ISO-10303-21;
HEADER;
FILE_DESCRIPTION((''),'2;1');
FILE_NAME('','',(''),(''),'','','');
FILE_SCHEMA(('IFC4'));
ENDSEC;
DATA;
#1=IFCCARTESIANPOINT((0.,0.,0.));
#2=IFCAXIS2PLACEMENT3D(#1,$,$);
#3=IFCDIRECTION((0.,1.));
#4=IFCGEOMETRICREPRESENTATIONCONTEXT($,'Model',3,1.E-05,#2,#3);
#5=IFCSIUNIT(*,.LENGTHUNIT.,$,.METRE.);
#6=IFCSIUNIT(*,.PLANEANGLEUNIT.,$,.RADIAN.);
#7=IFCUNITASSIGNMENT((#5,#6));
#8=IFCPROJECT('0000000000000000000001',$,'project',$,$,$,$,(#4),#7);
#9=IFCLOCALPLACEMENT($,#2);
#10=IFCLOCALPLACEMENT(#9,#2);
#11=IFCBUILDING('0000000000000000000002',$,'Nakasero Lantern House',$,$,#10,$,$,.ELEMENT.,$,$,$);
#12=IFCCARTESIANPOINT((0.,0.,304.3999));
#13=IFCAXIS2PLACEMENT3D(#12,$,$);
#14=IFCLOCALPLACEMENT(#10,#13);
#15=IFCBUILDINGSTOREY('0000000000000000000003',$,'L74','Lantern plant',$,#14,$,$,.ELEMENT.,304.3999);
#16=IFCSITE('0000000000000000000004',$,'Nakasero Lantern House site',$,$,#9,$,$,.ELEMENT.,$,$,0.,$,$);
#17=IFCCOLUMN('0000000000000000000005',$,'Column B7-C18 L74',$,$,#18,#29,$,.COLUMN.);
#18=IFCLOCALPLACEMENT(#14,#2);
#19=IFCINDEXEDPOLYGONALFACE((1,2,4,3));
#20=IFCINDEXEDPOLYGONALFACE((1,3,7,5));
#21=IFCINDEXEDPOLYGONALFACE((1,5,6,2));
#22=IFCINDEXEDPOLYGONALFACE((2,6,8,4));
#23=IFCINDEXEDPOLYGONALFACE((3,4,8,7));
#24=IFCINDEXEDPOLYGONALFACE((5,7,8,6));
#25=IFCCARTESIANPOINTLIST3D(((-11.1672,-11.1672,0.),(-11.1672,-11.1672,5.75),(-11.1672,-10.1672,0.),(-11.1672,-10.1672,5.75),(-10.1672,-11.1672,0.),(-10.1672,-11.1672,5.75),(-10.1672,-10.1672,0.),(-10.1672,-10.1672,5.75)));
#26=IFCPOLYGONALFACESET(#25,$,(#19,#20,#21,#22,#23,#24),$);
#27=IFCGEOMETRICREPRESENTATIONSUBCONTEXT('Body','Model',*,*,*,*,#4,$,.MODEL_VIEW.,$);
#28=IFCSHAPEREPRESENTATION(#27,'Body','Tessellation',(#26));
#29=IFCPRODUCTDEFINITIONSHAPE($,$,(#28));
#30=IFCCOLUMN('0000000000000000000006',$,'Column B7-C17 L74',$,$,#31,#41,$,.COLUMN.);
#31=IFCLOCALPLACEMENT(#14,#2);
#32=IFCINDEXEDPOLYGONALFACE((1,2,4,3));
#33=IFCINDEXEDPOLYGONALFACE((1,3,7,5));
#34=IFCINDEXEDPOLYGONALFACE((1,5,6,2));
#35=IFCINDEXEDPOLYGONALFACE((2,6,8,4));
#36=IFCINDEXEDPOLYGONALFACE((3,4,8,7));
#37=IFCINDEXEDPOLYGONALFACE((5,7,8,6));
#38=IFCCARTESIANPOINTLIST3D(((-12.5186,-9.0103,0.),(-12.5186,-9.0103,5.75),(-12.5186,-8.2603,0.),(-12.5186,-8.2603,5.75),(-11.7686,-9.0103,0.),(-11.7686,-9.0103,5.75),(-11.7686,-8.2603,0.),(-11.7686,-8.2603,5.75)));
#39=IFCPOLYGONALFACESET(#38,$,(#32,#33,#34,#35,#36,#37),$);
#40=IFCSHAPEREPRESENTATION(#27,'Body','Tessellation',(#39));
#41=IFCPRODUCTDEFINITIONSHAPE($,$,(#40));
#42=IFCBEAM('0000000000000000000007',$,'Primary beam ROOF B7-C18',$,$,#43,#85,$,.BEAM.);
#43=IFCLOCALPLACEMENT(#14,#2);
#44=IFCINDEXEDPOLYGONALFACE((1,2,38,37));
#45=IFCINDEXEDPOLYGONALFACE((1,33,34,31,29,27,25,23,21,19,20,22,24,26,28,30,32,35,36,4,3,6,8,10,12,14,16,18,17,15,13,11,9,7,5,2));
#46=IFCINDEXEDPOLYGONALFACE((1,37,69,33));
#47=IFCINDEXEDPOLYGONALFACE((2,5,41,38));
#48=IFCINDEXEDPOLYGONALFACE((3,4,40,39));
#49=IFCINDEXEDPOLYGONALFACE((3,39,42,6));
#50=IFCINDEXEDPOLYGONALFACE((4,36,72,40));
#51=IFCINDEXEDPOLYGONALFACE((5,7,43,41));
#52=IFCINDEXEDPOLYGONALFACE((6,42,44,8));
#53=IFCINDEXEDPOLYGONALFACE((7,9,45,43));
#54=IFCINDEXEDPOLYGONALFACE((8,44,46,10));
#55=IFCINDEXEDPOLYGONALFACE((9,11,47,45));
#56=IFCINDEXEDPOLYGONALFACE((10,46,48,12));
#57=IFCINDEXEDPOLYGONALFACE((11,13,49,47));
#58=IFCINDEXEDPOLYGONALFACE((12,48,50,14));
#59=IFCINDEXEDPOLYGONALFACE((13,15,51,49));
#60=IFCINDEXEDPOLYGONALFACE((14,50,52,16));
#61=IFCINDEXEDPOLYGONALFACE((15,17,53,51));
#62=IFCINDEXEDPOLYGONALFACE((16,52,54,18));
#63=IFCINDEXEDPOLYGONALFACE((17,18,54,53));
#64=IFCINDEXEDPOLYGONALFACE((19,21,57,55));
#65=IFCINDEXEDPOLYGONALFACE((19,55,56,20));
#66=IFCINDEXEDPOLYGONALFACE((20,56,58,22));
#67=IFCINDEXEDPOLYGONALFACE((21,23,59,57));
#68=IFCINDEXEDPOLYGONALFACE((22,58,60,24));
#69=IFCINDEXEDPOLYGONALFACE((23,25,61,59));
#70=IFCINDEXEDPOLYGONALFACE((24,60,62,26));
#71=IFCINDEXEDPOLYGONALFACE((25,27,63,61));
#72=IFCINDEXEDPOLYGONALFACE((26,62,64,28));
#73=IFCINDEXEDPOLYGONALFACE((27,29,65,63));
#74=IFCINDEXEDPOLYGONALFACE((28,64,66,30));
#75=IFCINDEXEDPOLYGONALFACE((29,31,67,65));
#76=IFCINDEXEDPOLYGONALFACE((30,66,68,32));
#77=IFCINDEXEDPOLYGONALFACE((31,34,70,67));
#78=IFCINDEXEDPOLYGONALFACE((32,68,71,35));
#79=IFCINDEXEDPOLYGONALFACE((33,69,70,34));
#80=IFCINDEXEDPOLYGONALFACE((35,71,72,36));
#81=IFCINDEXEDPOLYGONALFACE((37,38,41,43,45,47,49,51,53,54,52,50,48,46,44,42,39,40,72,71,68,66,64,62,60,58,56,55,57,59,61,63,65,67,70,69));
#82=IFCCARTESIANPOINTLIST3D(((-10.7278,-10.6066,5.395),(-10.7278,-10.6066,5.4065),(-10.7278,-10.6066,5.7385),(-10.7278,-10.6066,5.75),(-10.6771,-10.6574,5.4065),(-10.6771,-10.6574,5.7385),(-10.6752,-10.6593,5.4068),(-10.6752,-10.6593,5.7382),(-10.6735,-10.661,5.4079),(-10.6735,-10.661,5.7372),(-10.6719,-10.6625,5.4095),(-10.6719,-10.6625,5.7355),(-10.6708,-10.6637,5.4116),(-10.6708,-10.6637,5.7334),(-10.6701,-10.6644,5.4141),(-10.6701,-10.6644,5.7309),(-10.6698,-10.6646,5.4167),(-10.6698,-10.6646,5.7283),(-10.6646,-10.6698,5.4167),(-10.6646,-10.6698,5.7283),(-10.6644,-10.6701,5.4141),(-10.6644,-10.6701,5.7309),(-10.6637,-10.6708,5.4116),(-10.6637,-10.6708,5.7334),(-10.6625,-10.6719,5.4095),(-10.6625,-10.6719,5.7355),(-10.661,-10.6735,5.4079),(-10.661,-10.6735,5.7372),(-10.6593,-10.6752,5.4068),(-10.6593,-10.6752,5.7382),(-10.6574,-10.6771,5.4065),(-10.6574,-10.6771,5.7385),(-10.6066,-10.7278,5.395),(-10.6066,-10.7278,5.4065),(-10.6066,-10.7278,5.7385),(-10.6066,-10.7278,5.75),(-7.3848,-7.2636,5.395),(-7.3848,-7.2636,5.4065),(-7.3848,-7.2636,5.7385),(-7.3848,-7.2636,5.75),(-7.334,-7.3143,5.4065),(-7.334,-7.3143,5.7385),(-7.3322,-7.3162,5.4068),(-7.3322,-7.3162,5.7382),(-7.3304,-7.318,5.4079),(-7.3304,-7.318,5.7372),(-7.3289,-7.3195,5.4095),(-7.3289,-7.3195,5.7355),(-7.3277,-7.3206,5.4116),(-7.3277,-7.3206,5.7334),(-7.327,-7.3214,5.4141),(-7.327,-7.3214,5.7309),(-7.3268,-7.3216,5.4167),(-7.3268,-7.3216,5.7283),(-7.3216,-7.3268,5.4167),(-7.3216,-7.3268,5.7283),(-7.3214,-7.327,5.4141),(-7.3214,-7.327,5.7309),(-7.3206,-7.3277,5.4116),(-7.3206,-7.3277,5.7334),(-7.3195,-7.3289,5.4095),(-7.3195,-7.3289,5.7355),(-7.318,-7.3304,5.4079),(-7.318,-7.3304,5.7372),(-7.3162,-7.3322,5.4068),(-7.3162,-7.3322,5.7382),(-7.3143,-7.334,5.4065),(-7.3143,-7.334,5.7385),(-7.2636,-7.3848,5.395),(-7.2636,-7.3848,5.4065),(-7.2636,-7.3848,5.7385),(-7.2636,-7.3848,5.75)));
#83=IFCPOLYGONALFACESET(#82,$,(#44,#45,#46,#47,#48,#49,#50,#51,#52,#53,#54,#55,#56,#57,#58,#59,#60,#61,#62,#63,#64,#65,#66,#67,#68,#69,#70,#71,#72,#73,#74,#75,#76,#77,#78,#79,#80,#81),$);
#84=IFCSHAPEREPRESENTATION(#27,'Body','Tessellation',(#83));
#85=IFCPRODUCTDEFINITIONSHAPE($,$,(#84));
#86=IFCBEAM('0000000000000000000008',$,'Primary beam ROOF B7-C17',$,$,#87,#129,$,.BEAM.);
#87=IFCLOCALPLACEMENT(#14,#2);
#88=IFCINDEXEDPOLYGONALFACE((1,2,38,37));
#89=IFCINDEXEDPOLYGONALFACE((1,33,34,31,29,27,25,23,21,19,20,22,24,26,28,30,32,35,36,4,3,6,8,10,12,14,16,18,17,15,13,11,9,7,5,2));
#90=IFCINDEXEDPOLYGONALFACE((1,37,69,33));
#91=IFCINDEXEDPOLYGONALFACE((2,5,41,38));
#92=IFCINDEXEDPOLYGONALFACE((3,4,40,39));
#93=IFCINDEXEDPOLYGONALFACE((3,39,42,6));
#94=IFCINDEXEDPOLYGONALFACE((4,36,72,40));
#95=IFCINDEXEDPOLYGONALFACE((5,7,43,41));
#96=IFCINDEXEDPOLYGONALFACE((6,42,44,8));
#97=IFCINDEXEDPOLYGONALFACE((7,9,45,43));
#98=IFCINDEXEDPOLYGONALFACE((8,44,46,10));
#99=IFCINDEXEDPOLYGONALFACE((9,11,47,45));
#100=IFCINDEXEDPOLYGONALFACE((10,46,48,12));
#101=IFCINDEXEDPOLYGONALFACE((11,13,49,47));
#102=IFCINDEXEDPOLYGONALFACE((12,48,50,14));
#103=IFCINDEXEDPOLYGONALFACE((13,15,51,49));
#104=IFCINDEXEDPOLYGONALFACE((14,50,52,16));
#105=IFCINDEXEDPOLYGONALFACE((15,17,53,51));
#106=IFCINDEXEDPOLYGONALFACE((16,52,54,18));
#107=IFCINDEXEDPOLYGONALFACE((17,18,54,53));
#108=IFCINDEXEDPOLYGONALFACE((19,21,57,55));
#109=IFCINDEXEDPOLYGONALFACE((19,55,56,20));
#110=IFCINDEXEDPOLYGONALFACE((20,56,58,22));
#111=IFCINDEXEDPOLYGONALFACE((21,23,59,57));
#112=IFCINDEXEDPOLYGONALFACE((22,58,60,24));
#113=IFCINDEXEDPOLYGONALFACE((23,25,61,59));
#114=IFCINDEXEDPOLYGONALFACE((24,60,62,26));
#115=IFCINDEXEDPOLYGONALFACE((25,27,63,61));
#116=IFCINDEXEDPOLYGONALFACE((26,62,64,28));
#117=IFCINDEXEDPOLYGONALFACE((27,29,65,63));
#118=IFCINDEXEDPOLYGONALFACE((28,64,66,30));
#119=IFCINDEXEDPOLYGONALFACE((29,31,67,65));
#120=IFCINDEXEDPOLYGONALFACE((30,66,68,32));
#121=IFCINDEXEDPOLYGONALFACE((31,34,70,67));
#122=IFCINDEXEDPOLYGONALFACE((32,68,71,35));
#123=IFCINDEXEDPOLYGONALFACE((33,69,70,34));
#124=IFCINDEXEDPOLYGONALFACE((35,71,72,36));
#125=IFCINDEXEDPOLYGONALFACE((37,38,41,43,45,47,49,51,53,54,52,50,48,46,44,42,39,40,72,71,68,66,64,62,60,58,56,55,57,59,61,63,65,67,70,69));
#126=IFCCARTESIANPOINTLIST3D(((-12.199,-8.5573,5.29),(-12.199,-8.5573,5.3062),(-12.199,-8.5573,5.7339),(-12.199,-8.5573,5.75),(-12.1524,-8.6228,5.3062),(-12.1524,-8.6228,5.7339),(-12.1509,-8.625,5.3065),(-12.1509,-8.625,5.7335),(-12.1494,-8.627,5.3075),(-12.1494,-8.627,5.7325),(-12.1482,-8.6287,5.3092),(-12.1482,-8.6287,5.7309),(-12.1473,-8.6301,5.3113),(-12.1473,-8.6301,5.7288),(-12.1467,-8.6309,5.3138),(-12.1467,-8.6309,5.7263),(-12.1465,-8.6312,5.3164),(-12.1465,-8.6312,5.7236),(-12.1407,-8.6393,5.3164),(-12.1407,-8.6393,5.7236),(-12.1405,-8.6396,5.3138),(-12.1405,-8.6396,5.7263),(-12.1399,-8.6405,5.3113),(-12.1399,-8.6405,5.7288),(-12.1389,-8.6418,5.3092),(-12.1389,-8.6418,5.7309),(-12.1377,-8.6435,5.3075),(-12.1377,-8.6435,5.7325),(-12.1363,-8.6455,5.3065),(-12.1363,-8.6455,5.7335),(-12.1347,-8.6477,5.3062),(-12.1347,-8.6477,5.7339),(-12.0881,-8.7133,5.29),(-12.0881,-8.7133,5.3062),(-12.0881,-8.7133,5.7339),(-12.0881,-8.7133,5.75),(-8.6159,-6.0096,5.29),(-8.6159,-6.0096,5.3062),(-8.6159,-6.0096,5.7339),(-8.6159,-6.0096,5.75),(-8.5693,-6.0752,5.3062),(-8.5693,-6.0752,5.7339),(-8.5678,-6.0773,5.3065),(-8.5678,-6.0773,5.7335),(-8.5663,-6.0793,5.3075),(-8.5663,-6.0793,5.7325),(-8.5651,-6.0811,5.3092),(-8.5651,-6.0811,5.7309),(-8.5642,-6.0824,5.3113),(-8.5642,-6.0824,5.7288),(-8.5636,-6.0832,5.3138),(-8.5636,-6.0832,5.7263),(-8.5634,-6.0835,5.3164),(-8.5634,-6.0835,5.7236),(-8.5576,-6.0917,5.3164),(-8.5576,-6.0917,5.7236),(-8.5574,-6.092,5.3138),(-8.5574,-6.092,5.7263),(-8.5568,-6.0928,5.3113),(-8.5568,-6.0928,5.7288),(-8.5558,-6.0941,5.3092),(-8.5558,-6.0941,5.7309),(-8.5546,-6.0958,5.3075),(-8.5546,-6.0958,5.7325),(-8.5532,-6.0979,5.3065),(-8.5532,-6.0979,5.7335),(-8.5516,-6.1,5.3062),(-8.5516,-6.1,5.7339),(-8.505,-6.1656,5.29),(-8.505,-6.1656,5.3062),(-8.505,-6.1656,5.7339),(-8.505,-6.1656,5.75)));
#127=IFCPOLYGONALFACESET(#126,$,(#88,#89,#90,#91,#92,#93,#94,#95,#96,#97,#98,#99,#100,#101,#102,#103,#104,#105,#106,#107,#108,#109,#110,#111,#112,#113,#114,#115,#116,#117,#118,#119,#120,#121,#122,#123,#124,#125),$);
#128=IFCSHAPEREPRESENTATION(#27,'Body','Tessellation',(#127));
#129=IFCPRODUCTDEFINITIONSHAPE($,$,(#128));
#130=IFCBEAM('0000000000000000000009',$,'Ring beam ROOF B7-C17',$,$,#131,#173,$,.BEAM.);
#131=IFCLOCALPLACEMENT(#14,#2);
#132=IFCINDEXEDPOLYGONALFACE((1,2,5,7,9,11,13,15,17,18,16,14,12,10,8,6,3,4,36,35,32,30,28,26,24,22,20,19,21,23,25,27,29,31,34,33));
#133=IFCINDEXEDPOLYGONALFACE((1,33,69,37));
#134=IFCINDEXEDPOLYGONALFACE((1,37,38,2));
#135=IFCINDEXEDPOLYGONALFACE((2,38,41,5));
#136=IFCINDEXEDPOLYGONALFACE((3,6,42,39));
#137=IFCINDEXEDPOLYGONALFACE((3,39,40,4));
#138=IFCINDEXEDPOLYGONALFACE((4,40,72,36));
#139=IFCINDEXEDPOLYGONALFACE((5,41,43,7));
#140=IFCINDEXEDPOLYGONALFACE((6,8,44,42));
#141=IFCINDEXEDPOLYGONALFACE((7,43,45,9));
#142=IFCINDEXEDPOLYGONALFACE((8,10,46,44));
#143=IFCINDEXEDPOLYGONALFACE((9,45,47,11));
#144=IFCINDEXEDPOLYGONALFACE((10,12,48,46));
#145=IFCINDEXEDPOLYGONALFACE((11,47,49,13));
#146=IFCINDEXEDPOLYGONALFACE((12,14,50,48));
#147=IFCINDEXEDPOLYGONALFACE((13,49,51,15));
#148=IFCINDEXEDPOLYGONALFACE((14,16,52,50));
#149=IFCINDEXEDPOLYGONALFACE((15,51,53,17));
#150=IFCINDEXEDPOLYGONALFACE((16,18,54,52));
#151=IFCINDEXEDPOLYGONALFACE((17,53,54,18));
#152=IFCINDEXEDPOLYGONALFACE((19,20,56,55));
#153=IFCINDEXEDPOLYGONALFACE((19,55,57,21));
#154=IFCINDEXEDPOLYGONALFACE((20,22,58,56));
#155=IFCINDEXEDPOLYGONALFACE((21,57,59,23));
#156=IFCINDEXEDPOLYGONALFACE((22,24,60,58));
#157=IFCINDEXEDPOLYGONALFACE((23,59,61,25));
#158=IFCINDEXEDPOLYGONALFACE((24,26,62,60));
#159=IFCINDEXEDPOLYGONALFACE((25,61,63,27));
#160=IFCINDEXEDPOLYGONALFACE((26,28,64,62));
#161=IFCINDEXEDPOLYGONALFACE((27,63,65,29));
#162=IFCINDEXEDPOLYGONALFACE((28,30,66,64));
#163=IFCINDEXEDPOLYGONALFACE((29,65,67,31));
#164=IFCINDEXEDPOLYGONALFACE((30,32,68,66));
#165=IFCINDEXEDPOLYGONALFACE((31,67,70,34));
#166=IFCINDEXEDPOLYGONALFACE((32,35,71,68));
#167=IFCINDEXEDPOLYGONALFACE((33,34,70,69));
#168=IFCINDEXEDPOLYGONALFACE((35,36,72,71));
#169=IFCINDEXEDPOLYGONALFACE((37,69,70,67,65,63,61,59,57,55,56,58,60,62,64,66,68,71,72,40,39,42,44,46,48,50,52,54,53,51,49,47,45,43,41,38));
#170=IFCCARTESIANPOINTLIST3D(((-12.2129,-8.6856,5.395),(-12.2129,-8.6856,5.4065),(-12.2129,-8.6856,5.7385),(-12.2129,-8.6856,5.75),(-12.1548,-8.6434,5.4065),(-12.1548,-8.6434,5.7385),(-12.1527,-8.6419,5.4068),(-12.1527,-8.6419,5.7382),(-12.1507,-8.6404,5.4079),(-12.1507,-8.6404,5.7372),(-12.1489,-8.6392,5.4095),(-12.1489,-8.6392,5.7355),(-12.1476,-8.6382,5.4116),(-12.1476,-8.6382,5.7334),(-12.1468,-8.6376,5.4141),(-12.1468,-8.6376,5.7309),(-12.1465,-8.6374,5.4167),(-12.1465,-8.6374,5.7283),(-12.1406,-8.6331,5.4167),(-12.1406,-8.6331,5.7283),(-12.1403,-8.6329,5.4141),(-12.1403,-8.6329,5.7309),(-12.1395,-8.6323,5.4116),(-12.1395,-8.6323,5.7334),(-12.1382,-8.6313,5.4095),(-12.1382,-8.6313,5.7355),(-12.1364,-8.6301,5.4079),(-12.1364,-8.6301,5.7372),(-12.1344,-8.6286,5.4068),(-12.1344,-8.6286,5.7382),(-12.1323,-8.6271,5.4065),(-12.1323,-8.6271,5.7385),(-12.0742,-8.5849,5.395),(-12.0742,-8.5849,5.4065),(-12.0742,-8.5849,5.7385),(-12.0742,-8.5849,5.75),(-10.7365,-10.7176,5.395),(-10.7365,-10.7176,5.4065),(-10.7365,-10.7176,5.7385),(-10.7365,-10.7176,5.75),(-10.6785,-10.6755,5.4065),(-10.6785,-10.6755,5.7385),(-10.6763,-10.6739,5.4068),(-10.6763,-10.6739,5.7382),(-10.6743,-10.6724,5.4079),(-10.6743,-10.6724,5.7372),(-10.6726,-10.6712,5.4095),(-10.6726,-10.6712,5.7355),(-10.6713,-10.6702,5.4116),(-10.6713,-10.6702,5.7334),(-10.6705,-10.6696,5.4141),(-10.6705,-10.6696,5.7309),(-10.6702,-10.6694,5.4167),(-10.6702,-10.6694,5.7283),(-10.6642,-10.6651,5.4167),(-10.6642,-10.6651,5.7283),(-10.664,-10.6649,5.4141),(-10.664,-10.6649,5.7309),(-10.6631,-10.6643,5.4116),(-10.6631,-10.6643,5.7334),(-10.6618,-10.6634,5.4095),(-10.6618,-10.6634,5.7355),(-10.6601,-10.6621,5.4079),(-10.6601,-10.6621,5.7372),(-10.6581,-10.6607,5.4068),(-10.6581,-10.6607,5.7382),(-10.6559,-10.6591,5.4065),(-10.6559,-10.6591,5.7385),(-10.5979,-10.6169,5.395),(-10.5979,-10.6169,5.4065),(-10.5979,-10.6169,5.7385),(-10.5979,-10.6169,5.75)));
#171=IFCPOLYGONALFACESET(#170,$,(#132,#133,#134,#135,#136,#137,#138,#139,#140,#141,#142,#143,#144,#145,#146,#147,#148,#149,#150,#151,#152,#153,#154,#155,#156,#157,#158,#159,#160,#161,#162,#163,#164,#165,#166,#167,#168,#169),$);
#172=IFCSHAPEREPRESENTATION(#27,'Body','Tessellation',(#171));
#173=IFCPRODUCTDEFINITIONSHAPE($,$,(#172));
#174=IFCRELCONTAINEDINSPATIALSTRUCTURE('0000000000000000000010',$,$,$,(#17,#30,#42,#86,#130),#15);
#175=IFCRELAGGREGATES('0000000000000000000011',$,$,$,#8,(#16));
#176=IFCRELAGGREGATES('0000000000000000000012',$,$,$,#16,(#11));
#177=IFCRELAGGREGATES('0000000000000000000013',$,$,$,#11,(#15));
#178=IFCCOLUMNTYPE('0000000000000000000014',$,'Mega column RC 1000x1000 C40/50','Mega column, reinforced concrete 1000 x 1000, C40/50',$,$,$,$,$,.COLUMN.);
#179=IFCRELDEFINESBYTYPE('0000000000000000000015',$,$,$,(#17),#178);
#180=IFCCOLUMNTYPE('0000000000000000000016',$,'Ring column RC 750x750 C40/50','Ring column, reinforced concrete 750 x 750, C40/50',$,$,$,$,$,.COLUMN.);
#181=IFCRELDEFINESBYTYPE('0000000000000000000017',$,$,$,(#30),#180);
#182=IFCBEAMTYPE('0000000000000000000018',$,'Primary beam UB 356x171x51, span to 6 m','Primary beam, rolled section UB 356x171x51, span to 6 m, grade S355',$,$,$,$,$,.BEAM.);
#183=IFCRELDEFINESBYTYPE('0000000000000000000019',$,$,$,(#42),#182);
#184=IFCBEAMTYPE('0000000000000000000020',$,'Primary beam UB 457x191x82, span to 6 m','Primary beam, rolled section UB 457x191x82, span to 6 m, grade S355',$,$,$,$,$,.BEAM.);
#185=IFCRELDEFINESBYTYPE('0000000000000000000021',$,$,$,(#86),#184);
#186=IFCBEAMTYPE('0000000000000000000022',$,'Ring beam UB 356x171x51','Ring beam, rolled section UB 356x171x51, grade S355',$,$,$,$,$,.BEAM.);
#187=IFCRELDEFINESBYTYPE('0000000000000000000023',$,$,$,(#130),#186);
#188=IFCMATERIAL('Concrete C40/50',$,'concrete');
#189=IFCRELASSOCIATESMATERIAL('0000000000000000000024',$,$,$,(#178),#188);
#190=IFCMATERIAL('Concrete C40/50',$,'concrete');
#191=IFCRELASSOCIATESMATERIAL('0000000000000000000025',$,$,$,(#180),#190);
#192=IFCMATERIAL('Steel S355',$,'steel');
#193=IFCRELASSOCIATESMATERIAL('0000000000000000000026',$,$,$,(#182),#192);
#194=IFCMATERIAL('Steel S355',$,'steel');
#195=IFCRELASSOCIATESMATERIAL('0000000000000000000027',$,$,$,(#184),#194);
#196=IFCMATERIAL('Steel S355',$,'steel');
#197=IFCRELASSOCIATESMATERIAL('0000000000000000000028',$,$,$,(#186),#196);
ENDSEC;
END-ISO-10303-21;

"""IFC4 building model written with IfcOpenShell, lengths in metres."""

from ifc_helpers import new_model, si_unit, direction, frame, origin, origin_2d, place, context, subcontext, project, spatial, rectangle, i_section, extrude, material, material_profile, profile_set, type_object, element, save


model = new_model("IFC4")

# Units and contexts
model_context = context("Model", 3, precision=1e-05, world=origin(), true_north=direction((0.0, 1.0)))
body_context = subcontext(model_context, "Body", "Model", "MODEL_VIEW")
ifc_project = project(units=[si_unit("LENGTHUNIT", "METRE"), si_unit("PLANEANGLEUNIT", "RADIAN")], contexts=[model_context])

# Site, building, storey
site_placement = place(None, origin())
site = spatial("IfcSite", under=ifc_project, at=site_placement, Name="Nakasero Lantern House site", CompositionType="ELEMENT", RefElevation=0.0)
building_placement = place(site_placement, origin())
building = spatial("IfcBuilding", under=site, at=building_placement, Name="Nakasero Lantern House", CompositionType="ELEMENT")
storey_placement = place(building_placement, frame((0.0, 0.0, 304.3999)))
storey = spatial("IfcBuildingStorey", under=building, at=storey_placement, Name="L74", Description="Lantern plant", CompositionType="ELEMENT", Elevation=304.3999)

# Columns
ifc_material_1 = material(Name="Concrete C40/50", Category="concrete")
ifc_material_profile_1 = material_profile(ifc_material_1, rectangle(XDim=1.0, YDim=1.0, at=origin_2d()), Name="RC 1000x1000")
ifc_profile_set_1 = profile_set([ifc_material_profile_1], Name="Concrete C40/50")
column_type_1 = type_object("IfcColumnType", Name="Mega column RC 1000x1000 C40/50", Description="Mega column, reinforced concrete 1000 x 1000, C40/50", PredefinedType="COLUMN", material=ifc_profile_set_1)
column_1_placement = place(storey_placement, frame((-10.6672, -10.6672, 0.0), z_axis=(0.0, 0.0, 1.0), x_axis=(1.0, 0.0, 0.0)))
element("IfcColumn", 1, at=column_1_placement, inside=storey, type_object=column_type_1, Name="Column B7-C18 L74", PredefinedType="COLUMN", context=body_context, shape_type="SweptSolid", body=[
    extrude(rectangle(XDim=1.0, YDim=1.0, at=origin_2d()), origin(), (0.0, 0.0, 1.0), 5.75),
])
ifc_material_2 = material(Name="Concrete C40/50", Category="concrete")
ifc_material_profile_2 = material_profile(ifc_material_2, rectangle(XDim=0.75, YDim=0.75, at=origin_2d()), Name="RC 750x750")
ifc_profile_set_2 = profile_set([ifc_material_profile_2], Name="Concrete C40/50")
column_type_2 = type_object("IfcColumnType", Name="Ring column RC 750x750 C40/50", Description="Ring column, reinforced concrete 750 x 750, C40/50", PredefinedType="COLUMN", material=ifc_profile_set_2)
column_2_placement = place(storey_placement, frame((-12.1436, -8.6353, 0.0), z_axis=(0.0, 0.0, 1.0), x_axis=(1.0, 0.0, 0.0)))
element("IfcColumn", 2, at=column_2_placement, inside=storey, type_object=column_type_2, Name="Column B7-C17 L74", PredefinedType="COLUMN", context=body_context, shape_type="SweptSolid", body=[
    extrude(rectangle(XDim=0.75, YDim=0.75, at=origin_2d()), origin(), (0.0, 0.0, 1.0), 5.75),
])

# Beams
ifc_material_3 = material(Name="Steel S355", Category="steel")
ifc_material_profile_3 = material_profile(ifc_material_3, i_section(OverallWidth=0.1714, OverallDepth=0.355, WebThickness=0.0073, FlangeThickness=0.0115, FilletRadius=0.0103, at=origin_2d()), Name="UB 356x171x51")
ifc_profile_set_3 = profile_set([ifc_material_profile_3], Name="Steel S355")
beam_type_1 = type_object("IfcBeamType", Name="Primary beam UB 356x171x51, span to 6 m", Description="Primary beam, rolled section UB 356x171x51, span to 6 m, grade S355", PredefinedType="BEAM", material=ifc_profile_set_3)
beam_1_placement = place(storey_placement, frame((-10.6672, -10.6672, 5.5725), z_axis=(0.707107, 0.707107, 0.0), x_axis=(-0.707107, 0.707107, 0.0)))
element("IfcBeam", 3, at=beam_1_placement, inside=storey, type_object=beam_type_1, Name="Primary beam ROOF B7-C18", PredefinedType="BEAM", context=body_context, shape_type="SweptSolid", body=[
    extrude(i_section(OverallWidth=0.1714, OverallDepth=0.355, WebThickness=0.0073, FlangeThickness=0.0115, FilletRadius=0.0103, at=origin_2d()), origin(), (0.0, 0.0, 1.0), 4.7278),
])
ifc_material_4 = material(Name="Steel S355", Category="steel")
ifc_material_profile_4 = material_profile(ifc_material_4, i_section(OverallWidth=0.1914, OverallDepth=0.46, WebThickness=0.01, FlangeThickness=0.0161, FilletRadius=0.0103, at=origin_2d()), Name="UB 457x191x82")
ifc_profile_set_4 = profile_set([ifc_material_profile_4], Name="Steel S355")
beam_type_2 = type_object("IfcBeamType", Name="Primary beam UB 457x191x82, span to 6 m", Description="Primary beam, rolled section UB 457x191x82, span to 6 m, grade S355", PredefinedType="BEAM", material=ifc_profile_set_4)
beam_2_placement = place(storey_placement, frame((-12.1436, -8.6353, 5.52), z_axis=(0.814989, 0.579477, 0.0), x_axis=(-0.579477, 0.814989, 0.0)))
element("IfcBeam", 4, at=beam_2_placement, inside=storey, type_object=beam_type_2, Name="Primary beam ROOF B7-C17", PredefinedType="BEAM", context=body_context, shape_type="SweptSolid", body=[
    extrude(i_section(OverallWidth=0.1914, OverallDepth=0.46, WebThickness=0.01, FlangeThickness=0.0161, FilletRadius=0.0103, at=origin_2d()), origin(), (0.0, 0.0, 1.0), 4.3965),
])
ifc_material_5 = material(Name="Steel S355", Category="steel")
ifc_material_profile_5 = material_profile(ifc_material_5, i_section(OverallWidth=0.1714, OverallDepth=0.355, WebThickness=0.0073, FlangeThickness=0.0115, FilletRadius=0.0103, at=origin_2d()), Name="UB 356x171x51")
ifc_profile_set_5 = profile_set([ifc_material_profile_5], Name="Steel S355")
beam_type_3 = type_object("IfcBeamType", Name="Ring beam UB 356x171x51", Description="Ring beam, rolled section UB 356x171x51, grade S355", PredefinedType="BEAM", material=ifc_profile_set_5)
beam_3_placement = place(storey_placement, frame((-12.1436, -8.6353, 5.5725), z_axis=(0.587784, -0.809018, 0.0), x_axis=(0.809018, 0.587784, 0.0)))
element("IfcBeam", 5, at=beam_3_placement, inside=storey, type_object=beam_type_3, Name="Ring beam ROOF B7-C17", PredefinedType="BEAM", context=body_context, shape_type="SweptSolid", body=[
    extrude(i_section(OverallWidth=0.1714, OverallDepth=0.355, WebThickness=0.0073, FlangeThickness=0.0115, FilletRadius=0.0103, at=origin_2d()), origin(), (0.0, 0.0, 1.0), 2.5117),
])

save(model, "model.ifc")
